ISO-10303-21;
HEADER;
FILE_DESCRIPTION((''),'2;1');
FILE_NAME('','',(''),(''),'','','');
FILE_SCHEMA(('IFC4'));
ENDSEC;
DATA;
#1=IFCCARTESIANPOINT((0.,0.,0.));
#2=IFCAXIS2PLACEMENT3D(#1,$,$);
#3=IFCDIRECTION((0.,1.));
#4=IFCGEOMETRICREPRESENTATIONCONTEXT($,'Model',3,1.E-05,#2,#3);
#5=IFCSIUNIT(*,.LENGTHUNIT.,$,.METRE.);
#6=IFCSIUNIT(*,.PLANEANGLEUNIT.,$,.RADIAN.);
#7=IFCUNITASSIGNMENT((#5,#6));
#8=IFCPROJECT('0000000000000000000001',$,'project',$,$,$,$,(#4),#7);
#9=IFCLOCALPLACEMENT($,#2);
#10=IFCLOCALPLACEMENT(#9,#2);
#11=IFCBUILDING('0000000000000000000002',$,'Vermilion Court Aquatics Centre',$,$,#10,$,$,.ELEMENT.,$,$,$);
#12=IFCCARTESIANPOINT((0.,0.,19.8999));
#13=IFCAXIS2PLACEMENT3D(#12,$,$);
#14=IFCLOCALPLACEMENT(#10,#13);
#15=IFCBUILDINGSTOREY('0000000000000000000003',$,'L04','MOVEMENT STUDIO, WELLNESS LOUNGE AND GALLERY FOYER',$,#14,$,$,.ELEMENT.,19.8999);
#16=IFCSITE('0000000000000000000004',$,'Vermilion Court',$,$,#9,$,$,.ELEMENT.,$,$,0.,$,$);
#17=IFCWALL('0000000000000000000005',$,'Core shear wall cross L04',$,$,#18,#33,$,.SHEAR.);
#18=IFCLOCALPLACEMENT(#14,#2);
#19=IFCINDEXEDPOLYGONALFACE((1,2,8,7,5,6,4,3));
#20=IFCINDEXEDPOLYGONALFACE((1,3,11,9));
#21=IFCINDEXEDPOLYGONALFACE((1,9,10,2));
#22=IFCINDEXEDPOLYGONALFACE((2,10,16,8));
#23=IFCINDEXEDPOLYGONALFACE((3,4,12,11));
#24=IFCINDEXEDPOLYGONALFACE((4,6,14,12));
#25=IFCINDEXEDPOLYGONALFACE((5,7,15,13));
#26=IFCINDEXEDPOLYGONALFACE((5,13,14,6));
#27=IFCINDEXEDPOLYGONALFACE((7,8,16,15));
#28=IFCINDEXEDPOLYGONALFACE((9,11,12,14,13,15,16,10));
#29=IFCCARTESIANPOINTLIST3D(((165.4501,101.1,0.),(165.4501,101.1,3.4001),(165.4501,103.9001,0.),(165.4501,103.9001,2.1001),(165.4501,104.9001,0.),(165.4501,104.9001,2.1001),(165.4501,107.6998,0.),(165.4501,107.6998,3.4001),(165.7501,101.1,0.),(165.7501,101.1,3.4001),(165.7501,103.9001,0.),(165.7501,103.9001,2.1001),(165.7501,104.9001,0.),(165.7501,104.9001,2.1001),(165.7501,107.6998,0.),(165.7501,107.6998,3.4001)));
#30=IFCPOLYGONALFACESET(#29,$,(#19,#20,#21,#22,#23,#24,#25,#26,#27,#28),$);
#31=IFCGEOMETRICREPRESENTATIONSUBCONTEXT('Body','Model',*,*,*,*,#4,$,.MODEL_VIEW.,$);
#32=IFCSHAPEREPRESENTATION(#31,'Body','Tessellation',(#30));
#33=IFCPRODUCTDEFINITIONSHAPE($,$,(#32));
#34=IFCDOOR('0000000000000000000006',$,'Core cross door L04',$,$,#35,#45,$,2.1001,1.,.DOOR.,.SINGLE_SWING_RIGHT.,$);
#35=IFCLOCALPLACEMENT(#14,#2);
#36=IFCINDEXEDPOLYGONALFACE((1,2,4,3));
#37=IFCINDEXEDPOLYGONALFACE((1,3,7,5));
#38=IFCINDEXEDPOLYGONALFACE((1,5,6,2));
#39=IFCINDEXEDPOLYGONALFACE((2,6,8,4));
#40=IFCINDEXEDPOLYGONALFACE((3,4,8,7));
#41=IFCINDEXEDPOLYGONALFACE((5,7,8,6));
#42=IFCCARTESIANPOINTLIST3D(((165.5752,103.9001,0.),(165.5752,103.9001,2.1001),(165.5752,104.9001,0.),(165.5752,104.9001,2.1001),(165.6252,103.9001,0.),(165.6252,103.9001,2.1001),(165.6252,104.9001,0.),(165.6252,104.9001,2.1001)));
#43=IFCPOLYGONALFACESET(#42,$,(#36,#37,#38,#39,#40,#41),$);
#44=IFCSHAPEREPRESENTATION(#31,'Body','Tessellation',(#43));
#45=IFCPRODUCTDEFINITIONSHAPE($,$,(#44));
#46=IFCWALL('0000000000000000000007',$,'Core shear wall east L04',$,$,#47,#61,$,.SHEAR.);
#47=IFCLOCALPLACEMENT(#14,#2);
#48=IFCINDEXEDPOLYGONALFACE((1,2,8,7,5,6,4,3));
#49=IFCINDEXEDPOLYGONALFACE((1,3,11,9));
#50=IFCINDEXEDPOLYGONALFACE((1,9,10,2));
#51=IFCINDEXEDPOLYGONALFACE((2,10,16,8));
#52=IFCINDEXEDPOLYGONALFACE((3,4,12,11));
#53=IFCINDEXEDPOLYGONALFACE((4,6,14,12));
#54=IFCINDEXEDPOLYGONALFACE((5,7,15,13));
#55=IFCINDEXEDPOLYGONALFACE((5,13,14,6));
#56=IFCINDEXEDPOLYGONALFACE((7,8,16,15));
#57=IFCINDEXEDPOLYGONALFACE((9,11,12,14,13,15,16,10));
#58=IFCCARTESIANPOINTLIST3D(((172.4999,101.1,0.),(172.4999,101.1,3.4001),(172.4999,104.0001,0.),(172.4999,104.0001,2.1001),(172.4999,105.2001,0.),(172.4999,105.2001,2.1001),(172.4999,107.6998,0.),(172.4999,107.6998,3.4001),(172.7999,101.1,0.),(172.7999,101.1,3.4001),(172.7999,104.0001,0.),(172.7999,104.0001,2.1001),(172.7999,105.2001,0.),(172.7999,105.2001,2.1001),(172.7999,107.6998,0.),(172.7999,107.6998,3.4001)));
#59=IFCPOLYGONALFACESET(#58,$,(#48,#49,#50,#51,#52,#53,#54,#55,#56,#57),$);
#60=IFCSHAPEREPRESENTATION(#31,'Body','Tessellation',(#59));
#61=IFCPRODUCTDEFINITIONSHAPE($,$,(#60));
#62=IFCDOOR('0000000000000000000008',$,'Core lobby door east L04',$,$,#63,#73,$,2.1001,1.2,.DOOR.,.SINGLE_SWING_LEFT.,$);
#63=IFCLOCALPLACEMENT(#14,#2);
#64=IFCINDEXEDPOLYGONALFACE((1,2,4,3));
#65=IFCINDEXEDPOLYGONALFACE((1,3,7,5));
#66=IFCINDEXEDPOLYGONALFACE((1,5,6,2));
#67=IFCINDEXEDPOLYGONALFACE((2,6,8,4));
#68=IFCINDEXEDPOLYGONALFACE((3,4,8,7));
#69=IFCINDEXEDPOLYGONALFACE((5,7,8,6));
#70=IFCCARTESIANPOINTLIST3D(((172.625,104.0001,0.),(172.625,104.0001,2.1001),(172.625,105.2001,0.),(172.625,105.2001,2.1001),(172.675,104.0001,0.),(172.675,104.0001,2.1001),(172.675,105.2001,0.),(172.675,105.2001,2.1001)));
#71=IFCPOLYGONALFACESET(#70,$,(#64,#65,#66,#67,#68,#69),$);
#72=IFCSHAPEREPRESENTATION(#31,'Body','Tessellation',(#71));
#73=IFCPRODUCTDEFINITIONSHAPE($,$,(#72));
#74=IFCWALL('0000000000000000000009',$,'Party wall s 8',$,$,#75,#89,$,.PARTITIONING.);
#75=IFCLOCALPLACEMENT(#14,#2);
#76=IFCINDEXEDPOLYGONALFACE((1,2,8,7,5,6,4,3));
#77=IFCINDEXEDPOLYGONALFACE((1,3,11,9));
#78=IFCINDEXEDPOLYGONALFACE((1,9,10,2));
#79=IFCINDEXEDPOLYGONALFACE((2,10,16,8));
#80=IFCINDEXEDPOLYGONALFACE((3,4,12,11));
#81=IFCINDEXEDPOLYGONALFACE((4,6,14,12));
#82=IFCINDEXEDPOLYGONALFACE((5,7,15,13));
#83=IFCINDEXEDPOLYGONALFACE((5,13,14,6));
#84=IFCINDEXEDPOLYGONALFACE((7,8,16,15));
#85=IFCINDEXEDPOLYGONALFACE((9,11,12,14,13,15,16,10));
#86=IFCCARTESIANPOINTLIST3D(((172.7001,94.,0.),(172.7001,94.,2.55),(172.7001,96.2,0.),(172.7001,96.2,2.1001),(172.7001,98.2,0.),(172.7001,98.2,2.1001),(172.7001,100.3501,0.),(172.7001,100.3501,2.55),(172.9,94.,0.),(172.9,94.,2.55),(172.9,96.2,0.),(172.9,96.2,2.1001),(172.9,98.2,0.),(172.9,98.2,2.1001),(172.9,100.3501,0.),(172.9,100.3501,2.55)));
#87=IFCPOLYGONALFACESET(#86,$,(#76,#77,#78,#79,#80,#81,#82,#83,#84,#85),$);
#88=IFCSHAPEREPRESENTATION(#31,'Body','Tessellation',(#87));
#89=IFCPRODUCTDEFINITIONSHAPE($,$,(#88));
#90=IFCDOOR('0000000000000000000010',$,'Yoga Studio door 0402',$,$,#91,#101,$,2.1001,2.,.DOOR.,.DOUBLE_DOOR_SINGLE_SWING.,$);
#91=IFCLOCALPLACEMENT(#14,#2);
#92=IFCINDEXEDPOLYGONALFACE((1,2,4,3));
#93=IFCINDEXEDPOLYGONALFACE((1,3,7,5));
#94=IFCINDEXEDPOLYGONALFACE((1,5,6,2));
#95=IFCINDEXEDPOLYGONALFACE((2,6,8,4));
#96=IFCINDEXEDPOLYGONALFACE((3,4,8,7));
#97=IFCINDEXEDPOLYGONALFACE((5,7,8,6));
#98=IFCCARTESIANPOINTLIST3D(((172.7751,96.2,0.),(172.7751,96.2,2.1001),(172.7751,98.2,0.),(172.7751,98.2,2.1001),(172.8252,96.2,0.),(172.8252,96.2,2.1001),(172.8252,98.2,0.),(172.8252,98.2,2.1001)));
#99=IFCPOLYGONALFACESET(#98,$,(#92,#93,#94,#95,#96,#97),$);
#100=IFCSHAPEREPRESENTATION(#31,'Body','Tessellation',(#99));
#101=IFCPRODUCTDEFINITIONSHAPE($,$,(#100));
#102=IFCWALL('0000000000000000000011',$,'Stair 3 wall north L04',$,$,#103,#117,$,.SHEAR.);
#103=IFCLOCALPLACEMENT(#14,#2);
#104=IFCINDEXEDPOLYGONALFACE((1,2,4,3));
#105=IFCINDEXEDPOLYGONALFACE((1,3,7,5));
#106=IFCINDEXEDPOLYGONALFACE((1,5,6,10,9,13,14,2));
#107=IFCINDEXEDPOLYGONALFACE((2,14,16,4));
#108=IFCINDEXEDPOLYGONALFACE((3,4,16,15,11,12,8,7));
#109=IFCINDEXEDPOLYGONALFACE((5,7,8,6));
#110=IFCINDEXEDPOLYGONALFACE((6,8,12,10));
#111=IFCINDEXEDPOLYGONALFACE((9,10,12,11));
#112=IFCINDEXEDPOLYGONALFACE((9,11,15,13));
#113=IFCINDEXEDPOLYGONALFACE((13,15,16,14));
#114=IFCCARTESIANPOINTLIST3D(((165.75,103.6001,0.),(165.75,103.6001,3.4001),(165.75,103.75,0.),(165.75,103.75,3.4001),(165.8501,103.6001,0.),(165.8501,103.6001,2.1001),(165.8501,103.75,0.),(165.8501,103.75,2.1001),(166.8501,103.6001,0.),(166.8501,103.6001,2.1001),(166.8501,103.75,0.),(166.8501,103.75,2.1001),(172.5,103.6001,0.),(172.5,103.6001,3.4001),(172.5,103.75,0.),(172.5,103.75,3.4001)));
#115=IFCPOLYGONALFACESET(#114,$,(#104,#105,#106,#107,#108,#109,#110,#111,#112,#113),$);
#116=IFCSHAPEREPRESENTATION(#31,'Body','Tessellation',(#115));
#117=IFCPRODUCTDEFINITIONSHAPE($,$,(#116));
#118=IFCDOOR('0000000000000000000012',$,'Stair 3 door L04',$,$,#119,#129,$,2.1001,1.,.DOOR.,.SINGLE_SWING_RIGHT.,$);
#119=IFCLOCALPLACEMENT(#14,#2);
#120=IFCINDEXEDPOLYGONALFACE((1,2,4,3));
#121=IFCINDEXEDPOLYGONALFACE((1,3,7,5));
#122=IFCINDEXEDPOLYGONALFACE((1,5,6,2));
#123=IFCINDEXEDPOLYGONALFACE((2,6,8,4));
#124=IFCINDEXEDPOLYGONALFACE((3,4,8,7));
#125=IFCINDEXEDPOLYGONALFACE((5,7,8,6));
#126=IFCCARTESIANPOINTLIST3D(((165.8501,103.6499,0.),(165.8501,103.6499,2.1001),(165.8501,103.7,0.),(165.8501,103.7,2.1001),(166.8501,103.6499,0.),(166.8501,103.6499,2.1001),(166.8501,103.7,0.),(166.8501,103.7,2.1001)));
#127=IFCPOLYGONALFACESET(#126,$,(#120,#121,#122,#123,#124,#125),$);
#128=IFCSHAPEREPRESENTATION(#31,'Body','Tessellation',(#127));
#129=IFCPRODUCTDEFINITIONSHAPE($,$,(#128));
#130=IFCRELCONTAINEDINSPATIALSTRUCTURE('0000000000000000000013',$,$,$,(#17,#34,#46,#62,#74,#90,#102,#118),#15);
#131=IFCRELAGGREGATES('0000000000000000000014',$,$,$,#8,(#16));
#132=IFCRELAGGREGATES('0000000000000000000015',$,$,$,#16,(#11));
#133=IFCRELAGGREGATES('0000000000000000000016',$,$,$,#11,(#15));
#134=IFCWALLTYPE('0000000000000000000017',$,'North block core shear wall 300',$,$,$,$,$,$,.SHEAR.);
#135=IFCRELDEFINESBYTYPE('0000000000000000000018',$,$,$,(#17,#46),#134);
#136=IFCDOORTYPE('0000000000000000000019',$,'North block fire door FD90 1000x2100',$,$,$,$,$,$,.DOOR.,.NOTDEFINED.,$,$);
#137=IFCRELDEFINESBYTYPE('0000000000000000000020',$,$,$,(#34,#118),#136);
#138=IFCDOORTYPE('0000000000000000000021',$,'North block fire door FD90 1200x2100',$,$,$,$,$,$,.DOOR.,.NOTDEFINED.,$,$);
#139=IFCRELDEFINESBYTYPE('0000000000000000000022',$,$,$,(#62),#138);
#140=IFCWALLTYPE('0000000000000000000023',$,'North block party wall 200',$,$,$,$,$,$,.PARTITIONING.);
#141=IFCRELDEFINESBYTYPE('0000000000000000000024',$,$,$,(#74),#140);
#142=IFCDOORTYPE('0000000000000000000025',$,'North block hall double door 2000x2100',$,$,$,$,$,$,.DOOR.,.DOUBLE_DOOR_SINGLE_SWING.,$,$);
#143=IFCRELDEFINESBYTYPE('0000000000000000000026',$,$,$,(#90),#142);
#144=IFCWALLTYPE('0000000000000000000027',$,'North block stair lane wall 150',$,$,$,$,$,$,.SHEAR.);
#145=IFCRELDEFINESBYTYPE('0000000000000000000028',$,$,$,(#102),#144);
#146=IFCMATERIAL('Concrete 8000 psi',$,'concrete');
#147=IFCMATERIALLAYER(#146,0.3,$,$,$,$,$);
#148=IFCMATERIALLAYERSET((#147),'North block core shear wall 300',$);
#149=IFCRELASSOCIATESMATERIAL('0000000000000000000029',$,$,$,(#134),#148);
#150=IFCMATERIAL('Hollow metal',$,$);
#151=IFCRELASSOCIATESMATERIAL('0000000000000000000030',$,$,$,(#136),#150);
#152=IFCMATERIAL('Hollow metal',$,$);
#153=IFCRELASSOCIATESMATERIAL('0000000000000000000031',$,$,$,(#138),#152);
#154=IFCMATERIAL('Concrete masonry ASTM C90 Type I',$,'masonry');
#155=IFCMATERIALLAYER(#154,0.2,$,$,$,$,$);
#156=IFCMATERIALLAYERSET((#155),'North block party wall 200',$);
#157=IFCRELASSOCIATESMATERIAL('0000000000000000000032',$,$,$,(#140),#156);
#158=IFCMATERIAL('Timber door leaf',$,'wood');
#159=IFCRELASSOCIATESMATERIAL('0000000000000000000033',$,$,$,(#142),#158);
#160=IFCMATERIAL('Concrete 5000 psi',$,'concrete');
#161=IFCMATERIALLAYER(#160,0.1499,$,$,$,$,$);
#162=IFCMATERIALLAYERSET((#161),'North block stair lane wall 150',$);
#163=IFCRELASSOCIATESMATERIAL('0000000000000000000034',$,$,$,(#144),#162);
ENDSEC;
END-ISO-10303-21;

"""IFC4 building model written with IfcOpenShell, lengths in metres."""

from ifc_helpers import new_model, si_unit, direction, frame, frame_2d, origin, place, context, subcontext, project, spatial, rectangle, extrude, material, layer, layer_set, type_object, element, fill, save


model = new_model("IFC4")

# Units and contexts
model_context = context("Model", 3, precision=1e-05, world=origin(), true_north=direction((0.0, 1.0)))
body_context = subcontext(model_context, "Body", "Model", "MODEL_VIEW")
ifc_project = project(units=[si_unit("LENGTHUNIT", "METRE"), si_unit("PLANEANGLEUNIT", "RADIAN")], contexts=[model_context])

# Site, building, storey
site_placement = place(None, origin())
site = spatial("IfcSite", under=ifc_project, at=site_placement, Name="Vermilion Court", CompositionType="ELEMENT", RefElevation=0.0)
building_placement = place(site_placement, origin())
building = spatial("IfcBuilding", under=site, at=building_placement, Name="Vermilion Court Aquatics Centre", CompositionType="ELEMENT")
storey_placement = place(building_placement, frame((0.0, 0.0, 19.8999)))
storey = spatial("IfcBuildingStorey", under=building, at=storey_placement, Name="L04", Description="MOVEMENT STUDIO, WELLNESS LOUNGE AND GALLERY FOYER", CompositionType="ELEMENT", Elevation=19.8999)

# Walls, openings, doors
ifc_material_1 = material(Name="Concrete 8000 psi", Category="concrete")
ifc_layer_1 = layer(ifc_material_1, 0.3)
ifc_layer_set_1 = layer_set([ifc_layer_1], Name="North block core shear wall 300")
wall_type_1 = type_object("IfcWallType", Name="North block core shear wall 300", PredefinedType="SHEAR", material=ifc_layer_set_1)
wall_1_placement = place(storey_placement, frame((165.6001, 101.1001, 0.0), z_axis=(0.0, 0.0, 1.0), x_axis=(0.0, 1.0, 0.0)))
wall_1 = element("IfcWall", 1, at=wall_1_placement, inside=storey, type_object=wall_type_1, Name="Core shear wall cross L04", PredefinedType="SHEAR", context=body_context, shape_type="SweptSolid", body=[
    extrude(rectangle(XDim=6.5999, YDim=0.3, at=frame_2d((3.2998, 0.0))), origin(), (0.0, 0.0, 1.0), 3.4001),
])
opening_1_placement = place(wall_1_placement, frame((2.8, 0.0, 0.0)))
opening_1 = element("IfcOpeningElement", 2, at=opening_1_placement, cuts=wall_1, PredefinedType="OPENING", context=body_context, shape_type="SweptSolid", body=[
    extrude(rectangle(XDim=1.0, YDim=2.1001, at=frame_2d((0.5, 1.05))), frame((0.0, 0.1599, 0.0), z_axis=(0.0, -1.0, 0.0), x_axis=(1.0, 0.0, 0.0)), (0.0, 0.0, 1.0), 0.3201),
])
ifc_material_2 = material(Name="Hollow metal")
door_type_1 = type_object("IfcDoorType", Name="North block fire door FD90 1000x2100", OperationType="NOTDEFINED", PredefinedType="DOOR", material=ifc_material_2)
door_1_placement = place(opening_1_placement, frame((1.0, 0.0, 0.0), z_axis=(0.0, 0.0, 1.0), x_axis=(-1.0, 0.0, 0.0)))
door_1 = element("IfcDoor", 3, at=door_1_placement, inside=storey, type_object=door_type_1, Name="Core cross door L04", OperationType="SINGLE_SWING_RIGHT", OverallHeight=2.1001, OverallWidth=1.0, PredefinedType="DOOR", context=body_context, shape_type="SweptSolid", body=[
    extrude(rectangle(XDim=1.0, YDim=2.1001, at=frame_2d((0.5, 1.05))), frame((0.0, 0.0251, 0.0), z_axis=(0.0, -1.0, 0.0), x_axis=(1.0, 0.0, 0.0)), (0.0, 0.0, 1.0), 0.05),
])
fill(opening_1, door_1)
wall_2_placement = place(storey_placement, frame((172.6499, 101.1001, 0.0), z_axis=(0.0, 0.0, 1.0), x_axis=(0.0, 1.0, 0.0)))
wall_2 = element("IfcWall", 4, at=wall_2_placement, inside=storey, type_object=wall_type_1, Name="Core shear wall east L04", PredefinedType="SHEAR", context=body_context, shape_type="SweptSolid", body=[
    extrude(rectangle(XDim=6.5999, YDim=0.3, at=frame_2d((3.2998, 0.0))), origin(), (0.0, 0.0, 1.0), 3.4001),
])
opening_2_placement = place(wall_2_placement, frame((2.8999, 0.0, 0.0)))
opening_2 = element("IfcOpeningElement", 5, at=opening_2_placement, cuts=wall_2, PredefinedType="OPENING", context=body_context, shape_type="SweptSolid", body=[
    extrude(rectangle(XDim=1.2, YDim=2.1001, at=frame_2d((0.6001, 1.05))), frame((0.0, 0.1599, 0.0), z_axis=(0.0, -1.0, 0.0), x_axis=(1.0, 0.0, 0.0)), (0.0, 0.0, 1.0), 0.3201),
])
ifc_material_3 = material(Name="Hollow metal")
door_type_2 = type_object("IfcDoorType", Name="North block fire door FD90 1200x2100", OperationType="NOTDEFINED", PredefinedType="DOOR", material=ifc_material_3)
door_2_placement = place(opening_2_placement, origin())
door_2 = element("IfcDoor", 6, at=door_2_placement, inside=storey, type_object=door_type_2, Name="Core lobby door east L04", OperationType="SINGLE_SWING_LEFT", OverallHeight=2.1001, OverallWidth=1.2, PredefinedType="DOOR", context=body_context, shape_type="SweptSolid", body=[
    extrude(rectangle(XDim=1.2, YDim=2.1001, at=frame_2d((0.6001, 1.05))), frame((0.0, 0.0249, 0.0), z_axis=(0.0, -1.0, 0.0), x_axis=(1.0, 0.0, 0.0)), (0.0, 0.0, 1.0), 0.05),
])
fill(opening_2, door_2)
ifc_material_4 = material(Name="Concrete masonry ASTM C90 Type I", Category="masonry")
ifc_layer_2 = layer(ifc_material_4, 0.2)
ifc_layer_set_2 = layer_set([ifc_layer_2], Name="North block party wall 200")
wall_type_2 = type_object("IfcWallType", Name="North block party wall 200", PredefinedType="PARTITIONING", material=ifc_layer_set_2)
wall_3_placement = place(storey_placement, frame((172.8, 94.0, 0.0), z_axis=(0.0, 0.0, 1.0), x_axis=(0.0, 1.0, 0.0)))
wall_3 = element("IfcWall", 7, at=wall_3_placement, inside=storey, type_object=wall_type_2, Name="Party wall s 8", PredefinedType="PARTITIONING", context=body_context, shape_type="SweptSolid", body=[
    extrude(rectangle(XDim=6.3501, YDim=0.2, at=frame_2d((3.175, 0.0))), origin(), (0.0, 0.0, 1.0), 2.55),
])
opening_3_placement = place(wall_3_placement, frame((2.2, 0.0, 0.0)))
opening_3 = element("IfcOpeningElement", 8, at=opening_3_placement, cuts=wall_3, PredefinedType="OPENING", context=body_context, shape_type="SweptSolid", body=[
    extrude(rectangle(XDim=2.0, YDim=2.1001, at=frame_2d((1.0, 1.05))), frame((0.0, 0.1099, 0.0), z_axis=(0.0, -1.0, 0.0), x_axis=(1.0, 0.0, 0.0)), (0.0, 0.0, 1.0), 0.22),
])
ifc_material_5 = material(Name="Timber door leaf", Category="wood")
door_type_3 = type_object("IfcDoorType", Name="North block hall double door 2000x2100", OperationType="DOUBLE_DOOR_SINGLE_SWING", PredefinedType="DOOR", material=ifc_material_5)
door_3_placement = place(opening_3_placement, frame((2.0, 0.0, 0.0), z_axis=(0.0, 0.0, 1.0), x_axis=(-1.0, 0.0, 0.0)))
door_3 = element("IfcDoor", 9, at=door_3_placement, inside=storey, type_object=door_type_3, Name="Yoga Studio door 0402", OperationType="DOUBLE_DOOR_SINGLE_SWING", OverallHeight=2.1001, OverallWidth=2.0, PredefinedType="DOOR", context=body_context, shape_type="SweptSolid", body=[
    extrude(rectangle(XDim=2.0, YDim=2.1001, at=frame_2d((1.0, 1.05))), frame((0.0, 0.0251, 0.0), z_axis=(0.0, -1.0, 0.0), x_axis=(1.0, 0.0, 0.0)), (0.0, 0.0, 1.0), 0.05),
])
fill(opening_3, door_3)
ifc_material_6 = material(Name="Concrete 5000 psi", Category="concrete")
ifc_layer_3 = layer(ifc_material_6, 0.1499)
ifc_layer_set_3 = layer_set([ifc_layer_3], Name="North block stair lane wall 150")
wall_type_3 = type_object("IfcWallType", Name="North block stair lane wall 150", PredefinedType="SHEAR", material=ifc_layer_set_3)
wall_4_placement = place(storey_placement, frame((165.75, 103.675, 0.0), z_axis=(0.0, 0.0, 1.0), x_axis=(1.0, 0.0, 0.0)))
wall_4 = element("IfcWall", 10, at=wall_4_placement, inside=storey, type_object=wall_type_3, Name="Stair 3 wall north L04", PredefinedType="SHEAR", context=body_context, shape_type="SweptSolid", body=[
    extrude(rectangle(XDim=6.75, YDim=0.1499, at=frame_2d((3.375, 0.0))), origin(), (0.0, 0.0, 1.0), 3.4001),
])
opening_4_placement = place(wall_4_placement, frame((0.1001, 0.0, 0.0)))
opening_4 = element("IfcOpeningElement", 11, at=opening_4_placement, cuts=wall_4, PredefinedType="OPENING", context=body_context, shape_type="SweptSolid", body=[
    extrude(rectangle(XDim=1.0, YDim=2.1001, at=frame_2d((0.5, 1.05))), frame((0.0, 0.085, 0.0), z_axis=(0.0, -1.0, 0.0), x_axis=(1.0, 0.0, 0.0)), (0.0, 0.0, 1.0), 0.1699),
])
door_4_placement = place(opening_4_placement, frame((1.0, 0.0, 0.0), z_axis=(0.0, 0.0, 1.0), x_axis=(-1.0, 0.0, 0.0)))
door_4 = element("IfcDoor", 12, at=door_4_placement, inside=storey, type_object=door_type_1, Name="Stair 3 door L04", OperationType="SINGLE_SWING_RIGHT", OverallHeight=2.1001, OverallWidth=1.0, PredefinedType="DOOR", context=body_context, shape_type="SweptSolid", body=[
    extrude(rectangle(XDim=1.0, YDim=2.1001, at=frame_2d((0.5, 1.05))), frame((0.0, 0.0251, 0.0), z_axis=(0.0, -1.0, 0.0), x_axis=(1.0, 0.0, 0.0)), (0.0, 0.0, 1.0), 0.05),
])
fill(opening_4, door_4)

save(model, "model.ifc")
